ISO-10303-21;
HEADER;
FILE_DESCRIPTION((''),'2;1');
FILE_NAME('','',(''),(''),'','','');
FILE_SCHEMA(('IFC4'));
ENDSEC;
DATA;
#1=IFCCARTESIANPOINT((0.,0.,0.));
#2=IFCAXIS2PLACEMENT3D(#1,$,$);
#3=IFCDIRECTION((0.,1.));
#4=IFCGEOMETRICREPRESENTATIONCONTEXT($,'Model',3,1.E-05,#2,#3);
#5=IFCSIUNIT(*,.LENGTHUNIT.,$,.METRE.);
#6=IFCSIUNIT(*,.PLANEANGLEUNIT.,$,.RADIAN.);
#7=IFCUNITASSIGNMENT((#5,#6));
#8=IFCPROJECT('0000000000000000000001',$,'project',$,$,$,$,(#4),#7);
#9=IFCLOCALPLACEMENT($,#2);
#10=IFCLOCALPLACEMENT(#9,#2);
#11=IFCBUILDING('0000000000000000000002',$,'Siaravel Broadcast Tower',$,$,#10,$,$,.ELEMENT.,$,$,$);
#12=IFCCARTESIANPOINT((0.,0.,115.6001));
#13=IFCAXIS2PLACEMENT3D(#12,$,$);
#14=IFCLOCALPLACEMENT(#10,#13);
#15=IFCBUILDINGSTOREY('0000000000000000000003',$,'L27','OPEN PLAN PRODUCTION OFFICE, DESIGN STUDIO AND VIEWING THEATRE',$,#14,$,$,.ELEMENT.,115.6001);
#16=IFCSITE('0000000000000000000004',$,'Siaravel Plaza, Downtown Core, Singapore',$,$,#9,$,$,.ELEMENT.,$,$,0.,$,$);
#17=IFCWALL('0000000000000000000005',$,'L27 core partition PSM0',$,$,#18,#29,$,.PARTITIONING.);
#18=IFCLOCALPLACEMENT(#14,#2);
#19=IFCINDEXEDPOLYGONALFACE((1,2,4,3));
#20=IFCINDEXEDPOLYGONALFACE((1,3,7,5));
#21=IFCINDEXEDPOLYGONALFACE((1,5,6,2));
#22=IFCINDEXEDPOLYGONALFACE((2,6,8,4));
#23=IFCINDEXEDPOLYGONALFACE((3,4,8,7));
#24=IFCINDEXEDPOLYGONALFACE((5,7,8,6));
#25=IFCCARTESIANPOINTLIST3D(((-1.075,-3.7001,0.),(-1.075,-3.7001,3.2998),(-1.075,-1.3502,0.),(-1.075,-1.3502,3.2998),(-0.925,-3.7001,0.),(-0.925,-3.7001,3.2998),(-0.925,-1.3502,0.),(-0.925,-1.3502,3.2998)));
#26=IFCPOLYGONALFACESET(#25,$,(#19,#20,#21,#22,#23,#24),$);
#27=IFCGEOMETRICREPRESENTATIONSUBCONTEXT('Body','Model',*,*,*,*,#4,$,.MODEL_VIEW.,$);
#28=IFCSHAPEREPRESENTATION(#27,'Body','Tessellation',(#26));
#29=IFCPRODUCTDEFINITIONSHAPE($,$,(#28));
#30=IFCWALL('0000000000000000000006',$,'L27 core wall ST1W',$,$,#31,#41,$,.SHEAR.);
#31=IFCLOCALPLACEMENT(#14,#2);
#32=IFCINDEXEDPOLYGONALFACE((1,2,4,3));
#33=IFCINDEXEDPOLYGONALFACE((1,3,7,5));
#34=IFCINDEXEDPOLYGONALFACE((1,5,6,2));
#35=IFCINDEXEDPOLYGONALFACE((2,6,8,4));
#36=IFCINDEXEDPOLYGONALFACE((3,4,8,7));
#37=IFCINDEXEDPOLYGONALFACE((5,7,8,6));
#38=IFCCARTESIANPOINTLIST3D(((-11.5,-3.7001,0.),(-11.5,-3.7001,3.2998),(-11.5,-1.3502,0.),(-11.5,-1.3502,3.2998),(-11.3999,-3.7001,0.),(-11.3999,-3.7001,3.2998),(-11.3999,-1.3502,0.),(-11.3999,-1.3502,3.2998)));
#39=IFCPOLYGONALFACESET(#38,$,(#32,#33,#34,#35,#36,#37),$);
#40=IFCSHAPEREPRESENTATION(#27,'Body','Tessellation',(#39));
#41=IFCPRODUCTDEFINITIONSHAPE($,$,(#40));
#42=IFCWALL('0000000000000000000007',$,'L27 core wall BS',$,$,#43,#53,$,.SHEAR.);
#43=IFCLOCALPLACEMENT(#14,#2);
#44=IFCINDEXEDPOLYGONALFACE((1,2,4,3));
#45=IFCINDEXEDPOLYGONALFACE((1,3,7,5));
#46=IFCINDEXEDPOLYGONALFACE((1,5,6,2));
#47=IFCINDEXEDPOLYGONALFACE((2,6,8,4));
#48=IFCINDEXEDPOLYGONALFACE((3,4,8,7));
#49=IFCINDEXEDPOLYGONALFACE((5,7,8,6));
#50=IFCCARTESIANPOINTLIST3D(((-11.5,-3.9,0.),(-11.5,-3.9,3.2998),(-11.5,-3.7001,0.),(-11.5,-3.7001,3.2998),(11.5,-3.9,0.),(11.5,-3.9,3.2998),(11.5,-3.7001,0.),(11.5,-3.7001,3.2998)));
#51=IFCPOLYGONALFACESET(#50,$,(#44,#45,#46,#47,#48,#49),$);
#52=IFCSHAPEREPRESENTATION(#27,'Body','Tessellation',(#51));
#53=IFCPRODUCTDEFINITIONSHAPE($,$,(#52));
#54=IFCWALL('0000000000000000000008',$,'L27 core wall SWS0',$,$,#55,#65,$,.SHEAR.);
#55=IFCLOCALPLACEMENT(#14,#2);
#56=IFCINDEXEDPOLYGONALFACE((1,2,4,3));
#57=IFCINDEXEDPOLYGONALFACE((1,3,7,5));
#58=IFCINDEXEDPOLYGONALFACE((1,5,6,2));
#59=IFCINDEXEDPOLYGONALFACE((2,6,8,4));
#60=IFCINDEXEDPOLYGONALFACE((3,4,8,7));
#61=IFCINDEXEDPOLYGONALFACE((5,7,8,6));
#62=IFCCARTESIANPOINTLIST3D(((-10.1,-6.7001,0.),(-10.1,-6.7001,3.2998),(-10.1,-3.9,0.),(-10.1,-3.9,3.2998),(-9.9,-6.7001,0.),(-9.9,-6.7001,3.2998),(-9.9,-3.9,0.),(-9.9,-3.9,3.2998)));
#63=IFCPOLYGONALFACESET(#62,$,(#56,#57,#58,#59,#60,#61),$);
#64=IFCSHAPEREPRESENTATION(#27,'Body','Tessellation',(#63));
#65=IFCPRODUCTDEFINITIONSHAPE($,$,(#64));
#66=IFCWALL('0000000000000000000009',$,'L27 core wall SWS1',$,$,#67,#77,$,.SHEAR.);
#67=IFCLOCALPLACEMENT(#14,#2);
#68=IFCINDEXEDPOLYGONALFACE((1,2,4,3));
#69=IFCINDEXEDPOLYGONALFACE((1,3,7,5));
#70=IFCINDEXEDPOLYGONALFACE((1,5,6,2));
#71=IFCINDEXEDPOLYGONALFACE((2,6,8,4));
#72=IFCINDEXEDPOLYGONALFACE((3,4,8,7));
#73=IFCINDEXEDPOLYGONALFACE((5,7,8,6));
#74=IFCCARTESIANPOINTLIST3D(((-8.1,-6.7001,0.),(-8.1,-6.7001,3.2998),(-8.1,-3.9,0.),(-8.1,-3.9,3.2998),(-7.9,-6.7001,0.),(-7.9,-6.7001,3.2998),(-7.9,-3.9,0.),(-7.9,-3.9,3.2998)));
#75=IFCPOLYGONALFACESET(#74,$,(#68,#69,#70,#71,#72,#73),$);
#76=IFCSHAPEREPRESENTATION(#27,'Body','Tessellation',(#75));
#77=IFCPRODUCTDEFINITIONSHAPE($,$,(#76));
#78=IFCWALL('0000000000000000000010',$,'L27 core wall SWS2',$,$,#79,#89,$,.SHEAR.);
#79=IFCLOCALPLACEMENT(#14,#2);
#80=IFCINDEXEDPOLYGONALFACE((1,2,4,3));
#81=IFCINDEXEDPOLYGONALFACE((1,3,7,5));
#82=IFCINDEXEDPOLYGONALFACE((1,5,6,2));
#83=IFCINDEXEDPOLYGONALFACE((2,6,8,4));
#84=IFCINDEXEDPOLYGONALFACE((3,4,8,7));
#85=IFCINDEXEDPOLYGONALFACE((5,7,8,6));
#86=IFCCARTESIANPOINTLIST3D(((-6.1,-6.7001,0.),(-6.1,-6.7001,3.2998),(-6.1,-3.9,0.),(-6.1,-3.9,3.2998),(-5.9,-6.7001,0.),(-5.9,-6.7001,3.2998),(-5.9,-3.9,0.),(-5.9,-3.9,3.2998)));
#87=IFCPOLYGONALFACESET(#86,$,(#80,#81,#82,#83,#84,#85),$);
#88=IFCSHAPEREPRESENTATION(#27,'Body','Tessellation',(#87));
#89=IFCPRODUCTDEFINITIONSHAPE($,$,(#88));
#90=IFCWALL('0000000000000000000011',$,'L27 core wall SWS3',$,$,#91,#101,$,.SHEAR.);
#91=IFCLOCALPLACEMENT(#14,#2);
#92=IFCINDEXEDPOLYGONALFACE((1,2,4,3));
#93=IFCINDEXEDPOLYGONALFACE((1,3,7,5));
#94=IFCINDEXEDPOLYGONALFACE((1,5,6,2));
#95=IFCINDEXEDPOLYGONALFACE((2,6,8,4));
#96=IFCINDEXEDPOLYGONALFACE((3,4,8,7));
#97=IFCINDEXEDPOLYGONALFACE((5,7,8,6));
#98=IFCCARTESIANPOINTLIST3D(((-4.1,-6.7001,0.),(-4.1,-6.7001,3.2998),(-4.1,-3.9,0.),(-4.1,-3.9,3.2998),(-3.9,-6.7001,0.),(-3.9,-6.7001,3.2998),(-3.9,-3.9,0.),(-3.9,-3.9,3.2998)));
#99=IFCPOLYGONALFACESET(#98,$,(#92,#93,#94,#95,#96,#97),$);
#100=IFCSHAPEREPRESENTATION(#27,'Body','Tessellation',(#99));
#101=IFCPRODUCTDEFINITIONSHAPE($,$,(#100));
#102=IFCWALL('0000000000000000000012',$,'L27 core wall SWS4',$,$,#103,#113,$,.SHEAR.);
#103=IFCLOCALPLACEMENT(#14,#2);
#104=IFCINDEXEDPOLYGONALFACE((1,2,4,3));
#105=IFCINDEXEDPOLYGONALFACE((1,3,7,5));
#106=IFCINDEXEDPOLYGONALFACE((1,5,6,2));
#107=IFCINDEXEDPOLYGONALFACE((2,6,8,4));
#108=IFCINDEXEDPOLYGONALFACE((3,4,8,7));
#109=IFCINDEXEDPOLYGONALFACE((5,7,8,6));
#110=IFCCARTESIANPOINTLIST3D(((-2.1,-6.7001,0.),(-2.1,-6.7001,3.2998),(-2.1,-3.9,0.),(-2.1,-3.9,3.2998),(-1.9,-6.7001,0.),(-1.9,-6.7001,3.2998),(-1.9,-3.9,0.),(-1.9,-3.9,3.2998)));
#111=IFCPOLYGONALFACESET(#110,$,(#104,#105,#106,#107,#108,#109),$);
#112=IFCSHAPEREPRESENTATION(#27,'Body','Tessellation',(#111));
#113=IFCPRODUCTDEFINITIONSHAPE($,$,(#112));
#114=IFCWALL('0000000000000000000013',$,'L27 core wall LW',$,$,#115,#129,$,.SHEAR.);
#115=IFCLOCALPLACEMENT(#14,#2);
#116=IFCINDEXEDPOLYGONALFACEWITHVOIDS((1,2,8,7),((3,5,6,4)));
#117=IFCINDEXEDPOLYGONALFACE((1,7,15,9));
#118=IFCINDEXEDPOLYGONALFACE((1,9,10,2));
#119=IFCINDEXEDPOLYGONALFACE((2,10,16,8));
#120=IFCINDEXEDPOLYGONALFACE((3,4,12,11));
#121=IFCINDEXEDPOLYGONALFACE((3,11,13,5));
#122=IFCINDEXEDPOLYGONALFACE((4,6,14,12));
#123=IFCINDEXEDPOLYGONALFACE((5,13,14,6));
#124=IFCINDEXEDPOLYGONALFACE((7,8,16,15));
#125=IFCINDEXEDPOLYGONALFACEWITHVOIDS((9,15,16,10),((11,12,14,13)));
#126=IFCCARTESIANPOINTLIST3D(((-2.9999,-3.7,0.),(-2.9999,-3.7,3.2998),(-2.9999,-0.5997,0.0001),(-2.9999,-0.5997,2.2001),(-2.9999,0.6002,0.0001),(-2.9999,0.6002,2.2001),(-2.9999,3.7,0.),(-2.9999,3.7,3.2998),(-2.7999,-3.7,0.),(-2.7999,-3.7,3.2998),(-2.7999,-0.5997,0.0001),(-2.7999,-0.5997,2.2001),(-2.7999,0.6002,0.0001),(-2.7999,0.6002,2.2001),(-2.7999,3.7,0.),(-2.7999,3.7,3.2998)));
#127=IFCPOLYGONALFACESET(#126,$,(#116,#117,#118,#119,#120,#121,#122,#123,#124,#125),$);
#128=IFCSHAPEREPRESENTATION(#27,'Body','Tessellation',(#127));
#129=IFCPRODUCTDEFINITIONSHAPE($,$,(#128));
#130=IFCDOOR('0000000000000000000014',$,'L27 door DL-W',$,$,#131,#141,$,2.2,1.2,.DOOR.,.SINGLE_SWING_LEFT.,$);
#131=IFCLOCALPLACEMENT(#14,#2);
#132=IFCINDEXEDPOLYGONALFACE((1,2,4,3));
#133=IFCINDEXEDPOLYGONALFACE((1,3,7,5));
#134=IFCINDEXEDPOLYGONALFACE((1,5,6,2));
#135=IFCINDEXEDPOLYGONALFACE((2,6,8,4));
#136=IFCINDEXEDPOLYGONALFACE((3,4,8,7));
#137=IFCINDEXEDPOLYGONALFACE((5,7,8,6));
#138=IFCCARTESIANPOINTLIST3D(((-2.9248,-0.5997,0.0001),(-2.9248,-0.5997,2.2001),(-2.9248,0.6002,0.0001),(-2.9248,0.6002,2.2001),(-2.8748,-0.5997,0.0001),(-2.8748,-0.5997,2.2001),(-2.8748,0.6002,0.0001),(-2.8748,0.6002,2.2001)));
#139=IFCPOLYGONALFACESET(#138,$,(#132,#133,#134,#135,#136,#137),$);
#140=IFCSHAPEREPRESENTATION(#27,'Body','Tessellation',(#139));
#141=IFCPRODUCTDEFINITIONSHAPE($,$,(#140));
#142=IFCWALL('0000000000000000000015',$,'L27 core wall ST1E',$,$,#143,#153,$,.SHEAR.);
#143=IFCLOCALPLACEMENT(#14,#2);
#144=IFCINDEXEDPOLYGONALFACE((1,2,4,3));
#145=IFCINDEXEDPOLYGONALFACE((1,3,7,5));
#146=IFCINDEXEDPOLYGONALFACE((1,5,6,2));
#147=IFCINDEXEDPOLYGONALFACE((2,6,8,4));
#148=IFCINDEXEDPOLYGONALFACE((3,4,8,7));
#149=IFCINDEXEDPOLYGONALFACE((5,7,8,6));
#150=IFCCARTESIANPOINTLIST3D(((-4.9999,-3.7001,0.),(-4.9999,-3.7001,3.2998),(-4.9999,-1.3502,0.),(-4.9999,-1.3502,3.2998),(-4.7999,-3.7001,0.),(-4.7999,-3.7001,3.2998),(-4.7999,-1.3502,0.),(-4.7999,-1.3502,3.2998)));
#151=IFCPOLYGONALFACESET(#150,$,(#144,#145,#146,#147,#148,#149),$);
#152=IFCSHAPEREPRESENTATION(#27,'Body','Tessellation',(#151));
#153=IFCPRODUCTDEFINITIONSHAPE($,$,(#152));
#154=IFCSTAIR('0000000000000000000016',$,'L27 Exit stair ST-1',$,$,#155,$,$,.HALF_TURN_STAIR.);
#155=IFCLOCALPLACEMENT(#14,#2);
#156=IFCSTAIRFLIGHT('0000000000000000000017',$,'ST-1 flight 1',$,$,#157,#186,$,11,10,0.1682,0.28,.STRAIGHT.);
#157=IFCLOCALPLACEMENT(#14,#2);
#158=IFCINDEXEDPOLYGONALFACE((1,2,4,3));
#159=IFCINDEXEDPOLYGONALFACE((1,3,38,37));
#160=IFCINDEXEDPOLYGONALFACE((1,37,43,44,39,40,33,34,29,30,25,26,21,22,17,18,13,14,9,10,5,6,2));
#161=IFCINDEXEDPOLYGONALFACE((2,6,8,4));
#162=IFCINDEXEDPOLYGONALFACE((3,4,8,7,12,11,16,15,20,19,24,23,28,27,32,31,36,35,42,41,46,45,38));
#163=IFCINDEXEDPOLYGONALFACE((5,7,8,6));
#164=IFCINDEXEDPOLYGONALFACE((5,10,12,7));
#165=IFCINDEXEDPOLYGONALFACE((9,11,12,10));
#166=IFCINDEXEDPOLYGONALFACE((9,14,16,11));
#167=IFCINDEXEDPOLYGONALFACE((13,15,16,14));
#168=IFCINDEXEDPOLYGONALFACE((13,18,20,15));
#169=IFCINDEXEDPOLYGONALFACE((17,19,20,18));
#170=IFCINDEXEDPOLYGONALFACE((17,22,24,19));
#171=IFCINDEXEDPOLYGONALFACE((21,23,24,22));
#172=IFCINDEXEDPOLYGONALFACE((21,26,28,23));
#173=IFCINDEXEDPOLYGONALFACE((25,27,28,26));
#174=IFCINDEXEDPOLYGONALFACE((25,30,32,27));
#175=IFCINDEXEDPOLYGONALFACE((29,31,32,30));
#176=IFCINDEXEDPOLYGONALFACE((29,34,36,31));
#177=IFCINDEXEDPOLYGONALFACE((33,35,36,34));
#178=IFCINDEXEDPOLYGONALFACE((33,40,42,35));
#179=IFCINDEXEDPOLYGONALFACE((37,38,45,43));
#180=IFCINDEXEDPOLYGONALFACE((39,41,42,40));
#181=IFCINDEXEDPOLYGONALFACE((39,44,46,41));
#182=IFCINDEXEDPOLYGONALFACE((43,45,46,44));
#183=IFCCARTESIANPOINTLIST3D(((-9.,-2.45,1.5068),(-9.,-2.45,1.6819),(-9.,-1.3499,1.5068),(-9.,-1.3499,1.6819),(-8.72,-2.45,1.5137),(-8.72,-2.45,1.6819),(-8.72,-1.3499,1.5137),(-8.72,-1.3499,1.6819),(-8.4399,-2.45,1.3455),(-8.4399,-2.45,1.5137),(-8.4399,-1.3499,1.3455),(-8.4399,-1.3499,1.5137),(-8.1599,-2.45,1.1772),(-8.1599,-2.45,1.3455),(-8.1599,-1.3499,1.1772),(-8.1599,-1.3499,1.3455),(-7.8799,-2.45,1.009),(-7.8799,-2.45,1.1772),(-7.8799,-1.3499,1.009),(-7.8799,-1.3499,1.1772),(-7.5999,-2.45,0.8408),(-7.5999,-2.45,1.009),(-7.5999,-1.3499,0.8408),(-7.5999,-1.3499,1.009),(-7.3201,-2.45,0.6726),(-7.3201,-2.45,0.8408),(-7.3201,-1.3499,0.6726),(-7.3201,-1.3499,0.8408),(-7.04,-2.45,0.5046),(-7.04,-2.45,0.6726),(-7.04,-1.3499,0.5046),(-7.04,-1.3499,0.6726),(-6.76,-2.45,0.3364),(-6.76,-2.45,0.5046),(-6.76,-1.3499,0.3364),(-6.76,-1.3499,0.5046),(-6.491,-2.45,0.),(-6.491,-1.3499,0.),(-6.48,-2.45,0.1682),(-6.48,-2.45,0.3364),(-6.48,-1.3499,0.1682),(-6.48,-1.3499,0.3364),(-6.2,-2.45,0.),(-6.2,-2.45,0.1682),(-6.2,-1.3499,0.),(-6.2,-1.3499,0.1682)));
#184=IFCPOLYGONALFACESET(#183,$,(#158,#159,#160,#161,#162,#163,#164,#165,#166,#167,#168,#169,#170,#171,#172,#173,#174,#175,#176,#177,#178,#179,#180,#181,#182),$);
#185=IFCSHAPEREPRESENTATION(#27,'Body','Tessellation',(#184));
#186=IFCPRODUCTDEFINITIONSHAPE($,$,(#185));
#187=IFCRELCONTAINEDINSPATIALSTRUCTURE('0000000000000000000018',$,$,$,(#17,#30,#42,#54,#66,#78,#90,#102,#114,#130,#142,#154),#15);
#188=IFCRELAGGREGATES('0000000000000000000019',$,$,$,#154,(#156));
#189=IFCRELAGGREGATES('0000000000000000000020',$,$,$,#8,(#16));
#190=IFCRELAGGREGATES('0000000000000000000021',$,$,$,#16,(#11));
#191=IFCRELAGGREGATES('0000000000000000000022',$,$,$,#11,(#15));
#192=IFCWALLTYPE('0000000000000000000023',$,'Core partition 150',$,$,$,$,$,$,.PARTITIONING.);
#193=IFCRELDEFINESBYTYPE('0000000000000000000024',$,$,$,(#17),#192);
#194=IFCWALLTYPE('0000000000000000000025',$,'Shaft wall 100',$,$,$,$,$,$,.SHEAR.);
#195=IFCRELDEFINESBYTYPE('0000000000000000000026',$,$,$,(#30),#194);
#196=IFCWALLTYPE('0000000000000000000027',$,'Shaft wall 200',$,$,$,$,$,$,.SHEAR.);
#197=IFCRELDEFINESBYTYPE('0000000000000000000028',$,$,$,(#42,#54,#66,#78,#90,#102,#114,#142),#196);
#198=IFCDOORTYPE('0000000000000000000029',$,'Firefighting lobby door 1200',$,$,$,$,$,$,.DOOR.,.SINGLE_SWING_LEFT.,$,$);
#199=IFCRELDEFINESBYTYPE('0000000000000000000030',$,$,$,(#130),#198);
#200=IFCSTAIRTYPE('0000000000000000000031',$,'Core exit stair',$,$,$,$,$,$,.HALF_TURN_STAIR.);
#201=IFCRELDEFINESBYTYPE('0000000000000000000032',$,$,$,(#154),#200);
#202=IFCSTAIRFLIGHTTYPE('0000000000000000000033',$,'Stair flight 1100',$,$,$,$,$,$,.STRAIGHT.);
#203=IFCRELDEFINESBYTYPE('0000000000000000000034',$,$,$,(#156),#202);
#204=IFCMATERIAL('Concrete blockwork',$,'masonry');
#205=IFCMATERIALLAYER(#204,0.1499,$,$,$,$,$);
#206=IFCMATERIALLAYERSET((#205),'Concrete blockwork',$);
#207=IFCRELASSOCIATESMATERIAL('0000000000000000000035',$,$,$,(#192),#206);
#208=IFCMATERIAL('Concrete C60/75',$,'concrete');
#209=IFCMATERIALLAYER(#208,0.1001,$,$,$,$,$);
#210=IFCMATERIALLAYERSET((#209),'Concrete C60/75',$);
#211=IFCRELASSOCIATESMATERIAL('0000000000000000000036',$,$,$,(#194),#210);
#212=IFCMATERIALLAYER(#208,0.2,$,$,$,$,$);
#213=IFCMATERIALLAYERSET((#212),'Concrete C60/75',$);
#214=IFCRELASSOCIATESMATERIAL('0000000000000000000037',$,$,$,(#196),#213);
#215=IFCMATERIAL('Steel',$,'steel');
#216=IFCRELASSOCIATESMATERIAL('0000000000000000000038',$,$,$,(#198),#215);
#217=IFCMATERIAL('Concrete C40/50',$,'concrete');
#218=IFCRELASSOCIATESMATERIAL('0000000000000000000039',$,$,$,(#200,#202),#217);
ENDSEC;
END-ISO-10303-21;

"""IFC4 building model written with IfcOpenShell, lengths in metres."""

from ifc_helpers import new_model, si_unit, direction, frame, frame_2d, origin, place, context, subcontext, project, spatial, polyline, rectangle, outline, extrude, material, layer, layer_set, type_object, element, fill, aggregate, save


model = new_model("IFC4")

# Units and contexts
model_context = context("Model", 3, precision=1e-05, world=origin(), true_north=direction((0.0, 1.0)))
body_context = subcontext(model_context, "Body", "Model", "MODEL_VIEW")
ifc_project = project(units=[si_unit("LENGTHUNIT", "METRE"), si_unit("PLANEANGLEUNIT", "RADIAN")], contexts=[model_context])

# Site, building, storey
site_placement = place(None, origin())
site = spatial("IfcSite", under=ifc_project, at=site_placement, Name="Siaravel Plaza, Downtown Core, Singapore", CompositionType="ELEMENT", RefElevation=0.0)
building_placement = place(site_placement, origin())
building = spatial("IfcBuilding", under=site, at=building_placement, Name="Siaravel Broadcast Tower", CompositionType="ELEMENT")
storey_placement = place(building_placement, frame((0.0, 0.0, 115.6001)))
storey = spatial("IfcBuildingStorey", under=building, at=storey_placement, Name="L27", Description="OPEN PLAN PRODUCTION OFFICE, DESIGN STUDIO AND VIEWING THEATRE", CompositionType="ELEMENT", Elevation=115.6001)

# Walls
ifc_material_1 = material(Name="Concrete blockwork", Category="masonry")
ifc_layer_1 = layer(ifc_material_1, 0.1499)
ifc_layer_set_1 = layer_set([ifc_layer_1], Name="Concrete blockwork")
wall_type_1 = type_object("IfcWallType", Name="Core partition 150", PredefinedType="PARTITIONING", material=ifc_layer_set_1)
wall_1_placement = place(storey_placement, frame((-1.0, -3.7, 0.0), z_axis=(0.0, 0.0, 1.0), x_axis=(0.0, 1.0, 0.0)))
element("IfcWall", 1, at=wall_1_placement, inside=storey, type_object=wall_type_1, Name="L27 core partition PSM0", PredefinedType="PARTITIONING", context=body_context, shape_type="SweptSolid", body=[
    extrude(rectangle(XDim=2.3499, YDim=0.1499, at=frame_2d((1.1748, 0.0))), origin(), (0.0, 0.0, 1.0), 3.2998),
])
ifc_material_2 = material(Name="Concrete C60/75", Category="concrete")
ifc_layer_2 = layer(ifc_material_2, 0.1001)
ifc_layer_set_2 = layer_set([ifc_layer_2], Name="Concrete C60/75")
wall_type_2 = type_object("IfcWallType", Name="Shaft wall 100", PredefinedType="SHEAR", material=ifc_layer_set_2)
wall_2_placement = place(storey_placement, frame((-11.45, -3.7, 0.0), z_axis=(0.0, 0.0, 1.0), x_axis=(0.0, 1.0, 0.0)))
element("IfcWall", 2, at=wall_2_placement, inside=storey, type_object=wall_type_2, Name="L27 core wall ST1W", PredefinedType="SHEAR", context=body_context, shape_type="SweptSolid", body=[
    extrude(rectangle(XDim=2.3499, YDim=0.1001, at=frame_2d((1.1748, 0.0))), origin(), (0.0, 0.0, 1.0), 3.2998),
])
ifc_layer_3 = layer(ifc_material_2, 0.2)
ifc_layer_set_3 = layer_set([ifc_layer_3], Name="Concrete C60/75")
wall_type_3 = type_object("IfcWallType", Name="Shaft wall 200", PredefinedType="SHEAR", material=ifc_layer_set_3)
wall_3_placement = place(storey_placement, frame((-11.5, -3.8, 0.0), z_axis=(0.0, 0.0, 1.0), x_axis=(1.0, 0.0, 0.0)))
element("IfcWall", 3, at=wall_3_placement, inside=storey, type_object=wall_type_3, Name="L27 core wall BS", PredefinedType="SHEAR", context=body_context, shape_type="SweptSolid", body=[
    extrude(rectangle(XDim=23.0, YDim=0.2, at=frame_2d((11.5, 0.0))), origin(), (0.0, 0.0, 1.0), 3.2998),
])
for number, where, z_axis, x_axis, name in (
    (4, (-10.0, -6.7, 0.0), (0.0, 0.0, 1.0), (0.0, 1.0, 0.0), "L27 core wall SWS0"),
    (5, (-8.0, -6.7, 0.0), (0.0, 0.0, 1.0), (0.0, 1.0, 0.0), "L27 core wall SWS1"),
    (6, (-6.0, -6.7, 0.0), (0.0, 0.0, 1.0), (0.0, 1.0, 0.0), "L27 core wall SWS2"),
    (7, (-4.0, -6.7, 0.0), (0.0, 0.0, 1.0), (0.0, 1.0, 0.0), "L27 core wall SWS3"),
    (8, (-2.0, -6.7, 0.0), (0.0, 0.0, 1.0), (0.0, 1.0, 0.0), "L27 core wall SWS4"),
):
    element("IfcWall", number, at=place(storey_placement, frame(where, z_axis=z_axis, x_axis=x_axis)), inside=storey, type_object=wall_type_3, Name=name, PredefinedType="SHEAR", context=body_context, shape_type="SweptSolid", body=[
        extrude(rectangle(XDim=2.8, YDim=0.2, at=frame_2d((1.3999, 0.0))), origin(), (0.0, 0.0, 1.0), 3.2998),
    ])

# Wall, opening, door
wall_4_placement = place(storey_placement, frame((-2.8999, -3.7, 0.0), z_axis=(0.0, 0.0, 1.0), x_axis=(0.0, 1.0, 0.0)))
wall_4 = element("IfcWall", 9, at=wall_4_placement, inside=storey, type_object=wall_type_3, Name="L27 core wall LW", PredefinedType="SHEAR", context=body_context, shape_type="SweptSolid", body=[
    extrude(rectangle(XDim=7.3999, YDim=0.2, at=frame_2d((3.7, 0.0))), origin(), (0.0, 0.0, 1.0), 3.2998),
])
opening_placement = place(wall_4_placement, frame((3.1001, 0.0, 0.0)))
opening = element("IfcOpeningElement", 10, at=opening_placement, cuts=wall_4, PredefinedType="OPENING", context=body_context, shape_type="SweptSolid", body=[
    extrude(rectangle(XDim=1.2, YDim=2.2, at=frame_2d((0.6001, 1.1001))), frame((0.0, 0.1099, 0.0), z_axis=(0.0, -1.0, 0.0), x_axis=(1.0, 0.0, 0.0)), (0.0, 0.0, 1.0), 0.22),
])
ifc_material_3 = material(Name="Steel", Category="steel")
door_type = type_object("IfcDoorType", Name="Firefighting lobby door 1200", OperationType="SINGLE_SWING_LEFT", PredefinedType="DOOR", material=ifc_material_3)
door_placement = place(opening_placement, origin())
door = element("IfcDoor", 11, at=door_placement, inside=storey, type_object=door_type, Name="L27 door DL-W", OperationType="SINGLE_SWING_LEFT", OverallHeight=2.2, OverallWidth=1.2, PredefinedType="DOOR", context=body_context, shape_type="SweptSolid", body=[
    extrude(rectangle(XDim=1.2, YDim=2.2, at=frame_2d((0.6001, 1.1001))), frame((0.0, 0.0249, 0.0), z_axis=(0.0, -1.0, 0.0), x_axis=(1.0, 0.0, 0.0)), (0.0, 0.0, 1.0), 0.05),
])
fill(opening, door)

# Wall
wall_5_placement = place(storey_placement, frame((-4.8999, -3.7, 0.0), z_axis=(0.0, 0.0, 1.0), x_axis=(0.0, 1.0, 0.0)))
element("IfcWall", 12, at=wall_5_placement, inside=storey, type_object=wall_type_3, Name="L27 core wall ST1E", PredefinedType="SHEAR", context=body_context, shape_type="SweptSolid", body=[
    extrude(rectangle(XDim=2.3499, YDim=0.2, at=frame_2d((1.1748, 0.0))), origin(), (0.0, 0.0, 1.0), 3.2998),
])

# Stair, stair flight
ifc_material_4 = material(Name="Concrete C40/50", Category="concrete")
stair_type = type_object("IfcStairType", Name="Core exit stair", PredefinedType="HALF_TURN_STAIR", material=ifc_material_4)
stair_placement = place(storey_placement, origin())
stair = element("IfcStair", 13, at=stair_placement, inside=storey, type_object=stair_type, Name="L27 Exit stair ST-1", PredefinedType="HALF_TURN_STAIR")
stair_flight_type = type_object("IfcStairFlightType", Name="Stair flight 1100", PredefinedType="STRAIGHT", material=ifc_material_4)
stair_flight_1_placement = place(storey_placement, frame((-6.2, -1.8999, 0.0), z_axis=(0.0, 0.0, 1.0), x_axis=(-1.0, 0.0, 0.0)))
stair_flight_1 = element("IfcStairFlight", 14, at=stair_flight_1_placement, type_object=stair_flight_type, Name="ST-1 flight 1", NumberOfRisers=11, NumberOfTreads=10, PredefinedType="STRAIGHT", RiserHeight=0.1682, TreadLength=0.28, context=body_context, shape_type="SweptSolid", body=[
    extrude(outline(polyline([(0.0, 0.0), (0.0, 0.1682), (0.28, 0.1682), (0.28, 0.3364), (0.5601, 0.3364), (0.5601, 0.5046), (0.8401, 0.5046), (0.8401, 0.6726), (1.1201, 0.6726), (1.1201, 0.8408), (1.3999, 0.8408), (1.3999, 1.009), (1.6799, 1.009), (1.6799, 1.1772), (1.96, 1.1772), (1.96, 1.3455), (2.24, 1.3455), (2.24, 1.5137), (2.52, 1.5137), (2.52, 1.6819), (2.8, 1.6819), (2.8, 1.8501), (2.8, 1.5068), (0.291, 0.0), (0.0, 0.0)])), frame((0.0, 0.55, 0.0), z_axis=(0.0, -1.0, 0.0), x_axis=(1.0, 0.0, 0.0)), (0.0, 0.0, 1.0), 1.1001),
])
aggregate(stair, [stair_flight_1])

save(model, "model.ifc")
